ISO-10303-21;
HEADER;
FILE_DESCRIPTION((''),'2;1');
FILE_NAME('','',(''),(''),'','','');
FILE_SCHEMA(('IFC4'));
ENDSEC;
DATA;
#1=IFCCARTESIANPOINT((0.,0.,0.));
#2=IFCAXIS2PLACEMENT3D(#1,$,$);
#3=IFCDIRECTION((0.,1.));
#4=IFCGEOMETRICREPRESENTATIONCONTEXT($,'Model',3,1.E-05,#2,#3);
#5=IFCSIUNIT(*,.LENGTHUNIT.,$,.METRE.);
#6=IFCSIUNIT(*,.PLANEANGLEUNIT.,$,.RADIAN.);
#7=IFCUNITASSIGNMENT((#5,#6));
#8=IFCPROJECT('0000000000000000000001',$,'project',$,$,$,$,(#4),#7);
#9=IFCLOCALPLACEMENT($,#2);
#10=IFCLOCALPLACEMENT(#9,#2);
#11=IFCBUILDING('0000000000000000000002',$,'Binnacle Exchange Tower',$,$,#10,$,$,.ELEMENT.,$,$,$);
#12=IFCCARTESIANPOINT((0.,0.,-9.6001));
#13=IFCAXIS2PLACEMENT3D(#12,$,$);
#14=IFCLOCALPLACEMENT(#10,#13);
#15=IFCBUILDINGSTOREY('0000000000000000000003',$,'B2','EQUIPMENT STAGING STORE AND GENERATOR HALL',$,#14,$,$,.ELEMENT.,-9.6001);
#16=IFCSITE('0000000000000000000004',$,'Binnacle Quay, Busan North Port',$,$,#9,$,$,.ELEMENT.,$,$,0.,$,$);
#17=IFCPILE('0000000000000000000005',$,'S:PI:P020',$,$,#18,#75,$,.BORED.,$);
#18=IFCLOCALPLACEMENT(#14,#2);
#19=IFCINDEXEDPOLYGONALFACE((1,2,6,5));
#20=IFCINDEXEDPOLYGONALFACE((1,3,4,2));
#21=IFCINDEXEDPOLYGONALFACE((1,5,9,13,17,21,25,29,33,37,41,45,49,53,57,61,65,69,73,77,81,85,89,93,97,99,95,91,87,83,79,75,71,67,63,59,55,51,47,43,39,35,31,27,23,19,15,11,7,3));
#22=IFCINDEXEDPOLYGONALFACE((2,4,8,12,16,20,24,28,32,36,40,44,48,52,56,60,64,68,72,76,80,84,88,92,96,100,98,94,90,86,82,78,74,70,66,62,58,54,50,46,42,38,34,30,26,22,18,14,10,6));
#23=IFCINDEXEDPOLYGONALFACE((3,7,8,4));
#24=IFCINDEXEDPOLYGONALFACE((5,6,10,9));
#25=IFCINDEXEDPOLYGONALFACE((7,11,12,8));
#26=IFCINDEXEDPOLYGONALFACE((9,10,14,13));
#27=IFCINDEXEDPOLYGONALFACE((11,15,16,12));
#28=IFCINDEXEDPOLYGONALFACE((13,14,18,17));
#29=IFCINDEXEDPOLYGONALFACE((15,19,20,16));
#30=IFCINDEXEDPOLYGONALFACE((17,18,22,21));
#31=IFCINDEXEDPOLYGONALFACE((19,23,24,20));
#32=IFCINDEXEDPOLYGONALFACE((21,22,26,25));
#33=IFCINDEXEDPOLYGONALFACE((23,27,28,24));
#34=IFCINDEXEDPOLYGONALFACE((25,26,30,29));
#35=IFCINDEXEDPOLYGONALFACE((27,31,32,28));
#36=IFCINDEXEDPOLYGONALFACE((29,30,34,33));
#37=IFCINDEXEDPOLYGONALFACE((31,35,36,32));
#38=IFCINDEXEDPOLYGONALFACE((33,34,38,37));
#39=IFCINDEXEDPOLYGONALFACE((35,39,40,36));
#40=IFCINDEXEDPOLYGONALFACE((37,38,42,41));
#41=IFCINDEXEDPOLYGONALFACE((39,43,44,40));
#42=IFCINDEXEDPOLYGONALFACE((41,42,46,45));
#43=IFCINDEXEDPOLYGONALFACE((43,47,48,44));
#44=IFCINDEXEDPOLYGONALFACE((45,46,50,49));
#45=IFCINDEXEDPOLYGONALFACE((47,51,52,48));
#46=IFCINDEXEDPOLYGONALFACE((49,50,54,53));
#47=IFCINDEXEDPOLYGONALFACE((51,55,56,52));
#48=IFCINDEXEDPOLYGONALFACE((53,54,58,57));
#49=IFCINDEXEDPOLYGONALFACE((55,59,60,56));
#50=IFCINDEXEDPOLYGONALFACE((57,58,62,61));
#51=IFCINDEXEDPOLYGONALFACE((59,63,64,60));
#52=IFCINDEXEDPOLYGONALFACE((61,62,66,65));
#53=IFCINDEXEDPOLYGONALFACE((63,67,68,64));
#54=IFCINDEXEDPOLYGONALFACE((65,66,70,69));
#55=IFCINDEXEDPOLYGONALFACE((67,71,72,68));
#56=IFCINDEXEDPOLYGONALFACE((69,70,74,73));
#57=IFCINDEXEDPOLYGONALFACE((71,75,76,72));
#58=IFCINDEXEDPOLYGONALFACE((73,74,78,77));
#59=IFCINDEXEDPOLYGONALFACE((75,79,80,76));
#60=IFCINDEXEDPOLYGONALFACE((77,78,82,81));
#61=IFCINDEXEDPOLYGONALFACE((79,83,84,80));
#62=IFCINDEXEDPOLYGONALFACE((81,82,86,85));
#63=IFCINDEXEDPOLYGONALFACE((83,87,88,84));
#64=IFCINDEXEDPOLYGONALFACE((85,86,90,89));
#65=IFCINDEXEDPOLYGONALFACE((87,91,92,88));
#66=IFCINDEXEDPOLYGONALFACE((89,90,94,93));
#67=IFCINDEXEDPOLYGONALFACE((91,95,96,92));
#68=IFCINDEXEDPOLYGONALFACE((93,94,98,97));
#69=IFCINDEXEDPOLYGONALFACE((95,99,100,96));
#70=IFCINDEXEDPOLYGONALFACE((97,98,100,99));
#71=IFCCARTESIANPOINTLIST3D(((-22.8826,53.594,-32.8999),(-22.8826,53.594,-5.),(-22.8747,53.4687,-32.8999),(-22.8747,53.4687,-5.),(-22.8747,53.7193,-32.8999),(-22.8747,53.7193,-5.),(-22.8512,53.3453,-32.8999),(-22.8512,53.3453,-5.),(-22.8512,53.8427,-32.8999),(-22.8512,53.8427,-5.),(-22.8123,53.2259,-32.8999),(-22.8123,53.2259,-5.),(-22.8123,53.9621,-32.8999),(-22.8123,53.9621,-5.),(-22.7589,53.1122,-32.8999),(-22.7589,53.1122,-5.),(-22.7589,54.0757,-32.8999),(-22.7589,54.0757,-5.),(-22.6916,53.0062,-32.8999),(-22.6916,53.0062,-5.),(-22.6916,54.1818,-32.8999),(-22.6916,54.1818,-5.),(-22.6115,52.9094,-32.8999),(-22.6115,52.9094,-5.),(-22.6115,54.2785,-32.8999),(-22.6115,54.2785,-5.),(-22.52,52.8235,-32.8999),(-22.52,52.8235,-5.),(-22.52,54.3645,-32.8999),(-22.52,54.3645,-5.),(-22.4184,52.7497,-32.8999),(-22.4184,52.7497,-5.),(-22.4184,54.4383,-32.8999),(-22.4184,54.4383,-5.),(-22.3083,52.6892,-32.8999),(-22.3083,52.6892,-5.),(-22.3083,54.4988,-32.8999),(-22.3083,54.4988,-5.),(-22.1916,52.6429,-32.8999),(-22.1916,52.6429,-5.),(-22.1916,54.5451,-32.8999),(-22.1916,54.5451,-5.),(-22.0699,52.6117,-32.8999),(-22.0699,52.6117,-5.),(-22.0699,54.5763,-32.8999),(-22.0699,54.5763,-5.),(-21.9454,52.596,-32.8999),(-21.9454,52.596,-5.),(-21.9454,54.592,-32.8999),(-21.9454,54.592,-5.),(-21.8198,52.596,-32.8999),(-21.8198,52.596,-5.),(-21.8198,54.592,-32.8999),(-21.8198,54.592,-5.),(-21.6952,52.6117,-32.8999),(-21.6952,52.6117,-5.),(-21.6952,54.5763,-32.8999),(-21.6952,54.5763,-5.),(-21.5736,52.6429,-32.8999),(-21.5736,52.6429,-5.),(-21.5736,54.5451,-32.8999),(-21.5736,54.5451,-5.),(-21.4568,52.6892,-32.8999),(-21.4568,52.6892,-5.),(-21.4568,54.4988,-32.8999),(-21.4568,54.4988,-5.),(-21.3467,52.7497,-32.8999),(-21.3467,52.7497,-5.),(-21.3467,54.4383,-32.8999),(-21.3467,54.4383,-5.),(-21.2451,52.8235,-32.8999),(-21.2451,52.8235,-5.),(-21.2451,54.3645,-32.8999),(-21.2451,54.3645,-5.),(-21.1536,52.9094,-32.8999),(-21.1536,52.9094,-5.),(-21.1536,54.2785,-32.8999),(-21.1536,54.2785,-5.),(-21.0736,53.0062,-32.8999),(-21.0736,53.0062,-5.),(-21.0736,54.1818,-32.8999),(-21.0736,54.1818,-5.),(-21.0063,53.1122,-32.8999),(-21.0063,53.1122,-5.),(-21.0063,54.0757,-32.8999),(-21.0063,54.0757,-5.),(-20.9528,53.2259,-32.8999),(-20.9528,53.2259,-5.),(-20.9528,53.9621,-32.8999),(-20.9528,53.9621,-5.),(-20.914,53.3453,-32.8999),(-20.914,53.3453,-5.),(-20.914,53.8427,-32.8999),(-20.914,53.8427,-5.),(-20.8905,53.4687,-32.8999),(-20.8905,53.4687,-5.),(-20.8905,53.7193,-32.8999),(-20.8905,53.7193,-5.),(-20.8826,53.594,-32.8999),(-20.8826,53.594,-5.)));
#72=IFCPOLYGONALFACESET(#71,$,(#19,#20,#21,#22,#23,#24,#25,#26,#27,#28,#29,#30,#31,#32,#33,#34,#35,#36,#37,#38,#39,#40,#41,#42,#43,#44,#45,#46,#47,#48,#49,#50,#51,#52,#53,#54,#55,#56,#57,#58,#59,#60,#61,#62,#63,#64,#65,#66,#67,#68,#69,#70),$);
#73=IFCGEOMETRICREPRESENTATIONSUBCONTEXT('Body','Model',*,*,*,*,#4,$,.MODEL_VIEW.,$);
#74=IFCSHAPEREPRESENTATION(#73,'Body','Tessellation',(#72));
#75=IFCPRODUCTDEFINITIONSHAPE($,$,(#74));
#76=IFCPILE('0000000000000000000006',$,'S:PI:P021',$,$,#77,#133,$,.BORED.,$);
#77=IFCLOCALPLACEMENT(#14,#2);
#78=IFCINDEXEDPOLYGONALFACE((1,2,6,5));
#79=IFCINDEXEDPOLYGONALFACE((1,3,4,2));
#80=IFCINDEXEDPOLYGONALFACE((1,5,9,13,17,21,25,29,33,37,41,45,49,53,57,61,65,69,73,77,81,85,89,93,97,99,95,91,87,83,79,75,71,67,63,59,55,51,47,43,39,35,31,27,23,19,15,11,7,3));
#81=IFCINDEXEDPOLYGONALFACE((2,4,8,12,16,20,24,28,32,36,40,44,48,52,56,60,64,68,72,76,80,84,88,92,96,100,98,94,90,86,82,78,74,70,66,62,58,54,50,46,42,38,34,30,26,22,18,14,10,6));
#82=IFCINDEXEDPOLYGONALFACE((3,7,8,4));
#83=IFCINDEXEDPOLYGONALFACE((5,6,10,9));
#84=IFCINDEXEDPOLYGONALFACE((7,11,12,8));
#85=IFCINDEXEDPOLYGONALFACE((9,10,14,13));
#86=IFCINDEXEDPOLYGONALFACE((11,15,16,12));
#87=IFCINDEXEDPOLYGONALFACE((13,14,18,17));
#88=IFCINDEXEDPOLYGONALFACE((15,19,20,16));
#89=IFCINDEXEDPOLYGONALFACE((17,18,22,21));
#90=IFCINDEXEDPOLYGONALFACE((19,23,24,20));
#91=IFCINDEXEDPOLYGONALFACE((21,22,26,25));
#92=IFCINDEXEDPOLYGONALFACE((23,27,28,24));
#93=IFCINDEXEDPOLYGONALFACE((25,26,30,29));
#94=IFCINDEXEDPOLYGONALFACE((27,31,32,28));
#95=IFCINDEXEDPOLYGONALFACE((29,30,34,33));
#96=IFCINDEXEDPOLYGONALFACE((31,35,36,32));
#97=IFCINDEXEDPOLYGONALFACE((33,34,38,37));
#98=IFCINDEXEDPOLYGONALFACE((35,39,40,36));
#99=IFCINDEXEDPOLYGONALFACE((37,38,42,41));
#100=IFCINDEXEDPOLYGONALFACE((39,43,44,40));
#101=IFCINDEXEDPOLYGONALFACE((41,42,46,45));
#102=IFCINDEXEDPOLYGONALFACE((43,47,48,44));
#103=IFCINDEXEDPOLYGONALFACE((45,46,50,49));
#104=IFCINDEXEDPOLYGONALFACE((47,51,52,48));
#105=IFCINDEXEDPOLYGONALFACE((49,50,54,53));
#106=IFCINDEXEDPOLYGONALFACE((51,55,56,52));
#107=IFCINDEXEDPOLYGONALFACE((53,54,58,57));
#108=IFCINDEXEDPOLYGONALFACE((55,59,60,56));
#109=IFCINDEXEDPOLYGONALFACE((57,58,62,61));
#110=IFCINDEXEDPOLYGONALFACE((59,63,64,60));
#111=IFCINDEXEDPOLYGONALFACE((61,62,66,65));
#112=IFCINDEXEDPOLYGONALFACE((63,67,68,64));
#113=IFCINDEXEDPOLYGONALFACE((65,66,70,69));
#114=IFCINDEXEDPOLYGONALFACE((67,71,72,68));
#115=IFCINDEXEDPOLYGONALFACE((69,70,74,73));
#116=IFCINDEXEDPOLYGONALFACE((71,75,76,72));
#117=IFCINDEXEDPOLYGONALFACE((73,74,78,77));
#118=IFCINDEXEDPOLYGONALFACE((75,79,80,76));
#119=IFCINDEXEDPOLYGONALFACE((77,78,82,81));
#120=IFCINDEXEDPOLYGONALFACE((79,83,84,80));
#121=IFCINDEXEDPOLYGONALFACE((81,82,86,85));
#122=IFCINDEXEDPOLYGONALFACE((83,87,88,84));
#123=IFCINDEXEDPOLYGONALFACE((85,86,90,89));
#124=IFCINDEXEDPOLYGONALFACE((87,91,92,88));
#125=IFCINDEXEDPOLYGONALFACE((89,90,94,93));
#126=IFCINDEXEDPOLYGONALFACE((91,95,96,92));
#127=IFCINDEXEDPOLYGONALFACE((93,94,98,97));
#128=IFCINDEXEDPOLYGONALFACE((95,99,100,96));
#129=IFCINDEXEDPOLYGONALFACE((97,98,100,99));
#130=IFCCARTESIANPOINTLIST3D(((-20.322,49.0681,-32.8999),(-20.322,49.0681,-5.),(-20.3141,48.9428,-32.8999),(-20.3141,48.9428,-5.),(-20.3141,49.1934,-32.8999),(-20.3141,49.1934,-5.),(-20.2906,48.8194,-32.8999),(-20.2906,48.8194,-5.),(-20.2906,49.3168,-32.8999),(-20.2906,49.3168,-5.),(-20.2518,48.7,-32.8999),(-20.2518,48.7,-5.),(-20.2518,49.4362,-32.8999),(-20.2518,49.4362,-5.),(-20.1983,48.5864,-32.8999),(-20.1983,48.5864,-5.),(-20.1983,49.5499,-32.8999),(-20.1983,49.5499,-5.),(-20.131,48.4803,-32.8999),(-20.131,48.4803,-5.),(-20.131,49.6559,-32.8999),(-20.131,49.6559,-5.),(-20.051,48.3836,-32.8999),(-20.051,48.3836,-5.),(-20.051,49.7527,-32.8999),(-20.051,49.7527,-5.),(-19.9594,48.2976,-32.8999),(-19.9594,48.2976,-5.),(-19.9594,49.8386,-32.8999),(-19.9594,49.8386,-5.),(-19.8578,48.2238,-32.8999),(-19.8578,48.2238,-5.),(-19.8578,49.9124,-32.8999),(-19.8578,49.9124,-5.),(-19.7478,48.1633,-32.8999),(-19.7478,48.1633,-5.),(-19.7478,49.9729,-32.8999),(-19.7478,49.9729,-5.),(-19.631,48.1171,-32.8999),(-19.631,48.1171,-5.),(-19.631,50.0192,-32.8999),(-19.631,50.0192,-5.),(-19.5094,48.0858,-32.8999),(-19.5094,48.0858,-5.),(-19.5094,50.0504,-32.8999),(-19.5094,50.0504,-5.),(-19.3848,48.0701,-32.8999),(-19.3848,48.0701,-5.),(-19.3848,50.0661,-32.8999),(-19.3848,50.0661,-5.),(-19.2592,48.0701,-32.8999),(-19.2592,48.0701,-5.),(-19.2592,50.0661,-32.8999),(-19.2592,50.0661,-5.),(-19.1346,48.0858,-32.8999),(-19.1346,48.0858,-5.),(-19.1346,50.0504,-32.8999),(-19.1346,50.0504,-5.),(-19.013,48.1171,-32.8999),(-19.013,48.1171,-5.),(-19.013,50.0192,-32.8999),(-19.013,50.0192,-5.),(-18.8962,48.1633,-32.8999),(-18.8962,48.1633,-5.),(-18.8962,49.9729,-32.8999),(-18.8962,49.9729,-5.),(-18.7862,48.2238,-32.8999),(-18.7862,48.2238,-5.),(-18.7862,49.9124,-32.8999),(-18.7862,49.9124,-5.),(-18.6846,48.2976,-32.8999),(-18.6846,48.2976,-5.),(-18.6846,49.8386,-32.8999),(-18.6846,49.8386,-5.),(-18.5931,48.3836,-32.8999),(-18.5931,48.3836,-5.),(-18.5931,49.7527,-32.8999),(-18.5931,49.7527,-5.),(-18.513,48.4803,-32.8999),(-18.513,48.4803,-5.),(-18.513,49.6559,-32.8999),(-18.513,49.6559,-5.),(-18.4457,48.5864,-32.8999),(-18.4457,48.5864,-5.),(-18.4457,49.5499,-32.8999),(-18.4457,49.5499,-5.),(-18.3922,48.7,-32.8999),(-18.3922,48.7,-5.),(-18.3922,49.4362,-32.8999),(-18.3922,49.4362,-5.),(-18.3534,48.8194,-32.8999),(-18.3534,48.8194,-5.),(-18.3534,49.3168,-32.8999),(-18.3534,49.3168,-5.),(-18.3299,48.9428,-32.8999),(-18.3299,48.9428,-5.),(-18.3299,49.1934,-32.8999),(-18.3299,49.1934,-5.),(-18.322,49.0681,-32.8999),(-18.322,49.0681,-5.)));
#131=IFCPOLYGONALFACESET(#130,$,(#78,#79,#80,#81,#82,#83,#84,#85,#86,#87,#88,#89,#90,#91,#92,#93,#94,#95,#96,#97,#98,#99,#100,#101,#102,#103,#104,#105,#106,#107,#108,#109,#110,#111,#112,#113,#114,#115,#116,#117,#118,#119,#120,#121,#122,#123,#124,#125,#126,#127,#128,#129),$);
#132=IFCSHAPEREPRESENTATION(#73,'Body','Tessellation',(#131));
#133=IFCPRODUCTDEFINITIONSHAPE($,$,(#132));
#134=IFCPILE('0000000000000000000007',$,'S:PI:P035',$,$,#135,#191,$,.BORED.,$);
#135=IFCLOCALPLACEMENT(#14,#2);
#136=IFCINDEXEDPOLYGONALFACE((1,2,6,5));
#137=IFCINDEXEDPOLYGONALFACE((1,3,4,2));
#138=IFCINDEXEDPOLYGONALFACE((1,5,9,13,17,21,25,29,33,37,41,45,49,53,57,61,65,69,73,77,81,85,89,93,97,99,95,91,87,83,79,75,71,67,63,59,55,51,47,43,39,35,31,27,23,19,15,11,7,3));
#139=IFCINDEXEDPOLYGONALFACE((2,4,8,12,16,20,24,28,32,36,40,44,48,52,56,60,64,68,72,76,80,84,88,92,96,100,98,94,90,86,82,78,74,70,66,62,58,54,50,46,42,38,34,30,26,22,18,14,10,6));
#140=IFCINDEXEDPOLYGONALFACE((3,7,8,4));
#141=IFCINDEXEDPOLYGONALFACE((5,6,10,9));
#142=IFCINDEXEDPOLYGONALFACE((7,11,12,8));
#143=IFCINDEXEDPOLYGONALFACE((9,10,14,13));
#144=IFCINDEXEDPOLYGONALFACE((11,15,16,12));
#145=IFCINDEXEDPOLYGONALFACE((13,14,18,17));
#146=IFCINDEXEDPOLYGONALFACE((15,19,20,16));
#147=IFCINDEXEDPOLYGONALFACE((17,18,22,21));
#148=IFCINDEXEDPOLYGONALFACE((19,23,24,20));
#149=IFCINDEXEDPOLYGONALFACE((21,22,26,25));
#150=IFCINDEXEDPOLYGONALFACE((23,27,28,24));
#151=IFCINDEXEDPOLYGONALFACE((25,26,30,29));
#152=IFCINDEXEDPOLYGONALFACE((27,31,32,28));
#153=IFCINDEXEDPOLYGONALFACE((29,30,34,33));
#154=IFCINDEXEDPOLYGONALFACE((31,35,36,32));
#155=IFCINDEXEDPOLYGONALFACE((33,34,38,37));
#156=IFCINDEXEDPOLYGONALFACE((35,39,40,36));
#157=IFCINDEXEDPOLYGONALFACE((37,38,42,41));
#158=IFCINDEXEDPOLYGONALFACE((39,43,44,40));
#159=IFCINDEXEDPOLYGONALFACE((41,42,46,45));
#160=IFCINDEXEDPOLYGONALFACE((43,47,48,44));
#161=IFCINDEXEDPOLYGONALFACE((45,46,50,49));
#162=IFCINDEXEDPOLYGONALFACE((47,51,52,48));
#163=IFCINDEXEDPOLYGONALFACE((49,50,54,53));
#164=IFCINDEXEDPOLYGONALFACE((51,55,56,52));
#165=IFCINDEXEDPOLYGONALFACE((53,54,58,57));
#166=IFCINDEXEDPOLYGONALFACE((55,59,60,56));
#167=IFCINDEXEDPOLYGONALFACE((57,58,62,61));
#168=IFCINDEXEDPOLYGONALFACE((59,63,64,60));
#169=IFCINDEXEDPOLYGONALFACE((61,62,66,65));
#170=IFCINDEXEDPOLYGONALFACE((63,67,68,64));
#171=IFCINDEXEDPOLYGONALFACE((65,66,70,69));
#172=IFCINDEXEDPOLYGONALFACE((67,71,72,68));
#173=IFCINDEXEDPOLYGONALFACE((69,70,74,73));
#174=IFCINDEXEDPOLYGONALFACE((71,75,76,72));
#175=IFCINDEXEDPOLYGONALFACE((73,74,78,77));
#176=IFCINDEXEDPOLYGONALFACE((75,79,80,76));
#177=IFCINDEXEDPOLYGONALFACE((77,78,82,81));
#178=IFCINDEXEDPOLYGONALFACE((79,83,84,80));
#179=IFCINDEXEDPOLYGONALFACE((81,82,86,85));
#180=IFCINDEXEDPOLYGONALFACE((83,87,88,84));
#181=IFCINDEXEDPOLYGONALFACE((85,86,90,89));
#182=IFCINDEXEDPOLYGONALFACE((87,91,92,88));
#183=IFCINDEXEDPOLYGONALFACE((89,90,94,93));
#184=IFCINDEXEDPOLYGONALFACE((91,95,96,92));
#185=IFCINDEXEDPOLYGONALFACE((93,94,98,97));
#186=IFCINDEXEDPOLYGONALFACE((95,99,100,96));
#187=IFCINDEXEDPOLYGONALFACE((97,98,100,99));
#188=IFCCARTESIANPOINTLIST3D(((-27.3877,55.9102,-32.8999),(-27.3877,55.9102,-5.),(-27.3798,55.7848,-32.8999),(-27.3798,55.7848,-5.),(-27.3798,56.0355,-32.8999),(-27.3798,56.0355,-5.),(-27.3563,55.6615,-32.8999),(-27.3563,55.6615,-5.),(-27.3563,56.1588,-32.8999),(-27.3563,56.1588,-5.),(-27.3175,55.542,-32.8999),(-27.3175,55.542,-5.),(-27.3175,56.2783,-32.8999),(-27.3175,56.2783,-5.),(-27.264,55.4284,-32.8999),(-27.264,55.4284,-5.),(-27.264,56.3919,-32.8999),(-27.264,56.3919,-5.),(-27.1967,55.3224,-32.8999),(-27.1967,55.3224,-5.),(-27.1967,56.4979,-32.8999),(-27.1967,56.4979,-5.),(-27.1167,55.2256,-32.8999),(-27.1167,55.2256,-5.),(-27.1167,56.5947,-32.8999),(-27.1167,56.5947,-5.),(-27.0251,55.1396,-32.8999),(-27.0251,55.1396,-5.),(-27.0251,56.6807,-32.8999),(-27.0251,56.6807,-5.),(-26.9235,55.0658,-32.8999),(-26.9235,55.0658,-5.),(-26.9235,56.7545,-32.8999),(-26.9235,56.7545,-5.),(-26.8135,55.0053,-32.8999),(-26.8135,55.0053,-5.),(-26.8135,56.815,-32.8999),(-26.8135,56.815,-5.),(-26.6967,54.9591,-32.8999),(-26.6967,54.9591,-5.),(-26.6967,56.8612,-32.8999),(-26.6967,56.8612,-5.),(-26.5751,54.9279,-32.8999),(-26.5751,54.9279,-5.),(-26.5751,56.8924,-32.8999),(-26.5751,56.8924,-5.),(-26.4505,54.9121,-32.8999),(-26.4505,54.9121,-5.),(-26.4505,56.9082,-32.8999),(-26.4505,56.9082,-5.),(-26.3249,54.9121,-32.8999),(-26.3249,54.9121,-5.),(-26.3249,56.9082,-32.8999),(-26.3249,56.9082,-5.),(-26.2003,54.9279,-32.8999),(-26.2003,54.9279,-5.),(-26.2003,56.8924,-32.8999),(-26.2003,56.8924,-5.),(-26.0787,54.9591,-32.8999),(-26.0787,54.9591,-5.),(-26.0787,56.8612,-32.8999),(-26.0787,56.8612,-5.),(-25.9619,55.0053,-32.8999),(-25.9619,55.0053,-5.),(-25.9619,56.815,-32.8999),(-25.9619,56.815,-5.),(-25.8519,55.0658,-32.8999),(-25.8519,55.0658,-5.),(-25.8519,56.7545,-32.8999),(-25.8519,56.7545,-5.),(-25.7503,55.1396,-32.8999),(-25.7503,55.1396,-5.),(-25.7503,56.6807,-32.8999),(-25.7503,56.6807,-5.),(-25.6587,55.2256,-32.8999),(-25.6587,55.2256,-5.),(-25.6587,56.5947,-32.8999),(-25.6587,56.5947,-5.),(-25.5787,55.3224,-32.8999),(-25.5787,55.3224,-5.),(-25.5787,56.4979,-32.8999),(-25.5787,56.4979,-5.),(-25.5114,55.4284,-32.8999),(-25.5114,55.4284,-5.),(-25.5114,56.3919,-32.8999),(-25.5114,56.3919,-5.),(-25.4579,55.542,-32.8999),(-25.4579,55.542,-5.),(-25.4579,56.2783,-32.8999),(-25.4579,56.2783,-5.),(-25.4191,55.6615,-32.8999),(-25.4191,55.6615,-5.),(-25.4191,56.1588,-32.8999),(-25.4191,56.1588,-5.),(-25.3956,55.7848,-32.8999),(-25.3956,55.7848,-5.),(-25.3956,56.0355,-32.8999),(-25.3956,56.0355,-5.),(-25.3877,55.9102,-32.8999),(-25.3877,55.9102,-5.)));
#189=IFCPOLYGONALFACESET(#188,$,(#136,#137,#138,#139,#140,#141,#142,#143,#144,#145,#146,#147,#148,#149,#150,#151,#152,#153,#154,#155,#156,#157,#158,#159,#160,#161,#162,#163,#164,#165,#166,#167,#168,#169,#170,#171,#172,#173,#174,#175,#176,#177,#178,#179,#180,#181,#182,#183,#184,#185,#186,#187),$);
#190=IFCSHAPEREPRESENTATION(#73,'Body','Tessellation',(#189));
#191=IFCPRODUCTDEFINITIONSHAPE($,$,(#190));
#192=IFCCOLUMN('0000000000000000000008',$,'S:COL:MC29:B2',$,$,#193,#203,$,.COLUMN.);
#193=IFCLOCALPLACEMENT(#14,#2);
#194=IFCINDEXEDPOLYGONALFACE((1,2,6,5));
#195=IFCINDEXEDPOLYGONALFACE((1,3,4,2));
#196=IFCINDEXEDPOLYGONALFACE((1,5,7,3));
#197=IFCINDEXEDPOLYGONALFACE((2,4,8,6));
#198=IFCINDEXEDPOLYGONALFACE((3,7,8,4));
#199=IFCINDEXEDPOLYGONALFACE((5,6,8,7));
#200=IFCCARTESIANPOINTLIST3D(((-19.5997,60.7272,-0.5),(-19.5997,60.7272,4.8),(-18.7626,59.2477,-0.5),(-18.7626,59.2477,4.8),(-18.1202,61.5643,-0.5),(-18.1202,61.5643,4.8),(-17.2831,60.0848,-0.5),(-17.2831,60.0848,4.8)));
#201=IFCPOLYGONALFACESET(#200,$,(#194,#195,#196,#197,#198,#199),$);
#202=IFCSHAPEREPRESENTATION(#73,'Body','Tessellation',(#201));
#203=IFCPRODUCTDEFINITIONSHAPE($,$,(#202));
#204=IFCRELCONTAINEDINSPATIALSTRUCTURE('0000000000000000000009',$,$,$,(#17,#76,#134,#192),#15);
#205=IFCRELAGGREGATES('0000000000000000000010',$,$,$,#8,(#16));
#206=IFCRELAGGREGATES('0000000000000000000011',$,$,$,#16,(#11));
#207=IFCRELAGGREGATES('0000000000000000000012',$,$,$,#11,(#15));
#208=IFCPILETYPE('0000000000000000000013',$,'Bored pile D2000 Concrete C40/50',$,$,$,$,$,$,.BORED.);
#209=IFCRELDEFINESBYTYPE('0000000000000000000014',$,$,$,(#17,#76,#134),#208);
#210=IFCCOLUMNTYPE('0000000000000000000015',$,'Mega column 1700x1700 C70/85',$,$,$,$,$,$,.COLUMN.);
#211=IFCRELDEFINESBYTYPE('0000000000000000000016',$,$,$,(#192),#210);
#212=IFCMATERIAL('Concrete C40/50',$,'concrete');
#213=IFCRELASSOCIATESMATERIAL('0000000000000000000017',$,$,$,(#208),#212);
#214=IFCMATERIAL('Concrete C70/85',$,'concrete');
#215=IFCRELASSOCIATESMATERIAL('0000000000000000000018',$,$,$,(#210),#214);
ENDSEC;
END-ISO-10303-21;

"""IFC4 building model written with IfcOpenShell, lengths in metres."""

from ifc_helpers import new_model, si_unit, direction, frame, origin, origin_2d, place, context, subcontext, project, spatial, rectangle, circle, extrude, material, material_profile, profile_set, type_object, element, save


model = new_model("IFC4")

# Units and contexts
model_context = context("Model", 3, precision=1e-05, world=origin(), true_north=direction((0.0, 1.0)))
body_context = subcontext(model_context, "Body", "Model", "MODEL_VIEW")
ifc_project = project(units=[si_unit("LENGTHUNIT", "METRE"), si_unit("PLANEANGLEUNIT", "RADIAN")], contexts=[model_context])

# Site, building, storey
site_placement = place(None, origin())
site = spatial("IfcSite", under=ifc_project, at=site_placement, Name="Binnacle Quay, Busan North Port", CompositionType="ELEMENT", RefElevation=0.0)
building_placement = place(site_placement, origin())
building = spatial("IfcBuilding", under=site, at=building_placement, Name="Binnacle Exchange Tower", CompositionType="ELEMENT")
storey_placement = place(building_placement, frame((0.0, 0.0, -9.6001)))
storey = spatial("IfcBuildingStorey", under=building, at=storey_placement, Name="B2", Description="EQUIPMENT STAGING STORE AND GENERATOR HALL", CompositionType="ELEMENT", Elevation=-9.6001)

# Piles
ifc_material_1 = material(Name="Concrete C40/50", Category="concrete")
ifc_material_profile_1 = material_profile(ifc_material_1, circle(Radius=1.0, at=origin_2d()), Name="Bored pile D2000")
ifc_profile_set_1 = profile_set([ifc_material_profile_1], Name="Concrete C40/50")
pile_type = type_object("IfcPileType", Name="Bored pile D2000 Concrete C40/50", PredefinedType="BORED", material=ifc_profile_set_1)
for number, where, z_axis, x_axis, name in (
    (1, (-21.8826, 53.594, -5.0), (0.0, 0.0, -1.0), (1.0, 0.0, 0.0), "S:PI:P020"),
    (2, (-19.322, 49.0681, -5.0), (0.0, 0.0, -1.0), (1.0, 0.0, 0.0), "S:PI:P021"),
    (3, (-26.3877, 55.9102, -5.0), (0.0, 0.0, -1.0), (1.0, 0.0, 0.0), "S:PI:P035"),
):
    element("IfcPile", number, at=place(storey_placement, frame(where, z_axis=z_axis, x_axis=x_axis)), inside=storey, type_object=pile_type, Name=name, PredefinedType="BORED", context=body_context, shape_type="SweptSolid", body=[
        extrude(circle(Radius=1.0, at=origin_2d()), origin(), (0.0, 0.0, 1.0), 27.8999),
    ])

# Column
ifc_material_2 = material(Name="Concrete C70/85", Category="concrete")
ifc_material_profile_2 = material_profile(ifc_material_2, rectangle(XDim=1.7, YDim=1.7, at=origin_2d()), Name="Mega column 1700x1700 C70/85")
ifc_profile_set_2 = profile_set([ifc_material_profile_2], Name="Concrete C70/85")
column_type_1 = type_object("IfcColumnType", Name="Mega column 1700x1700 C70/85", PredefinedType="COLUMN", material=ifc_profile_set_2)
for number, where, z_axis, x_axis, name in (
    (4, (-18.4414, 60.406, -0.5), (0.0, 0.0, 1.0), (-0.870356, -0.492424, 0.0), "S:COL:MC29:B2"),
):
    element("IfcColumn", number, at=place(storey_placement, frame(where, z_axis=z_axis, x_axis=x_axis)), inside=storey, type_object=column_type_1, Name=name, PredefinedType="COLUMN", context=body_context, shape_type="SweptSolid", body=[
        extrude(rectangle(XDim=1.7, YDim=1.7, at=origin_2d()), origin(), (0.0, 0.0, 1.0), 5.3),
    ])

save(model, "model.ifc")
